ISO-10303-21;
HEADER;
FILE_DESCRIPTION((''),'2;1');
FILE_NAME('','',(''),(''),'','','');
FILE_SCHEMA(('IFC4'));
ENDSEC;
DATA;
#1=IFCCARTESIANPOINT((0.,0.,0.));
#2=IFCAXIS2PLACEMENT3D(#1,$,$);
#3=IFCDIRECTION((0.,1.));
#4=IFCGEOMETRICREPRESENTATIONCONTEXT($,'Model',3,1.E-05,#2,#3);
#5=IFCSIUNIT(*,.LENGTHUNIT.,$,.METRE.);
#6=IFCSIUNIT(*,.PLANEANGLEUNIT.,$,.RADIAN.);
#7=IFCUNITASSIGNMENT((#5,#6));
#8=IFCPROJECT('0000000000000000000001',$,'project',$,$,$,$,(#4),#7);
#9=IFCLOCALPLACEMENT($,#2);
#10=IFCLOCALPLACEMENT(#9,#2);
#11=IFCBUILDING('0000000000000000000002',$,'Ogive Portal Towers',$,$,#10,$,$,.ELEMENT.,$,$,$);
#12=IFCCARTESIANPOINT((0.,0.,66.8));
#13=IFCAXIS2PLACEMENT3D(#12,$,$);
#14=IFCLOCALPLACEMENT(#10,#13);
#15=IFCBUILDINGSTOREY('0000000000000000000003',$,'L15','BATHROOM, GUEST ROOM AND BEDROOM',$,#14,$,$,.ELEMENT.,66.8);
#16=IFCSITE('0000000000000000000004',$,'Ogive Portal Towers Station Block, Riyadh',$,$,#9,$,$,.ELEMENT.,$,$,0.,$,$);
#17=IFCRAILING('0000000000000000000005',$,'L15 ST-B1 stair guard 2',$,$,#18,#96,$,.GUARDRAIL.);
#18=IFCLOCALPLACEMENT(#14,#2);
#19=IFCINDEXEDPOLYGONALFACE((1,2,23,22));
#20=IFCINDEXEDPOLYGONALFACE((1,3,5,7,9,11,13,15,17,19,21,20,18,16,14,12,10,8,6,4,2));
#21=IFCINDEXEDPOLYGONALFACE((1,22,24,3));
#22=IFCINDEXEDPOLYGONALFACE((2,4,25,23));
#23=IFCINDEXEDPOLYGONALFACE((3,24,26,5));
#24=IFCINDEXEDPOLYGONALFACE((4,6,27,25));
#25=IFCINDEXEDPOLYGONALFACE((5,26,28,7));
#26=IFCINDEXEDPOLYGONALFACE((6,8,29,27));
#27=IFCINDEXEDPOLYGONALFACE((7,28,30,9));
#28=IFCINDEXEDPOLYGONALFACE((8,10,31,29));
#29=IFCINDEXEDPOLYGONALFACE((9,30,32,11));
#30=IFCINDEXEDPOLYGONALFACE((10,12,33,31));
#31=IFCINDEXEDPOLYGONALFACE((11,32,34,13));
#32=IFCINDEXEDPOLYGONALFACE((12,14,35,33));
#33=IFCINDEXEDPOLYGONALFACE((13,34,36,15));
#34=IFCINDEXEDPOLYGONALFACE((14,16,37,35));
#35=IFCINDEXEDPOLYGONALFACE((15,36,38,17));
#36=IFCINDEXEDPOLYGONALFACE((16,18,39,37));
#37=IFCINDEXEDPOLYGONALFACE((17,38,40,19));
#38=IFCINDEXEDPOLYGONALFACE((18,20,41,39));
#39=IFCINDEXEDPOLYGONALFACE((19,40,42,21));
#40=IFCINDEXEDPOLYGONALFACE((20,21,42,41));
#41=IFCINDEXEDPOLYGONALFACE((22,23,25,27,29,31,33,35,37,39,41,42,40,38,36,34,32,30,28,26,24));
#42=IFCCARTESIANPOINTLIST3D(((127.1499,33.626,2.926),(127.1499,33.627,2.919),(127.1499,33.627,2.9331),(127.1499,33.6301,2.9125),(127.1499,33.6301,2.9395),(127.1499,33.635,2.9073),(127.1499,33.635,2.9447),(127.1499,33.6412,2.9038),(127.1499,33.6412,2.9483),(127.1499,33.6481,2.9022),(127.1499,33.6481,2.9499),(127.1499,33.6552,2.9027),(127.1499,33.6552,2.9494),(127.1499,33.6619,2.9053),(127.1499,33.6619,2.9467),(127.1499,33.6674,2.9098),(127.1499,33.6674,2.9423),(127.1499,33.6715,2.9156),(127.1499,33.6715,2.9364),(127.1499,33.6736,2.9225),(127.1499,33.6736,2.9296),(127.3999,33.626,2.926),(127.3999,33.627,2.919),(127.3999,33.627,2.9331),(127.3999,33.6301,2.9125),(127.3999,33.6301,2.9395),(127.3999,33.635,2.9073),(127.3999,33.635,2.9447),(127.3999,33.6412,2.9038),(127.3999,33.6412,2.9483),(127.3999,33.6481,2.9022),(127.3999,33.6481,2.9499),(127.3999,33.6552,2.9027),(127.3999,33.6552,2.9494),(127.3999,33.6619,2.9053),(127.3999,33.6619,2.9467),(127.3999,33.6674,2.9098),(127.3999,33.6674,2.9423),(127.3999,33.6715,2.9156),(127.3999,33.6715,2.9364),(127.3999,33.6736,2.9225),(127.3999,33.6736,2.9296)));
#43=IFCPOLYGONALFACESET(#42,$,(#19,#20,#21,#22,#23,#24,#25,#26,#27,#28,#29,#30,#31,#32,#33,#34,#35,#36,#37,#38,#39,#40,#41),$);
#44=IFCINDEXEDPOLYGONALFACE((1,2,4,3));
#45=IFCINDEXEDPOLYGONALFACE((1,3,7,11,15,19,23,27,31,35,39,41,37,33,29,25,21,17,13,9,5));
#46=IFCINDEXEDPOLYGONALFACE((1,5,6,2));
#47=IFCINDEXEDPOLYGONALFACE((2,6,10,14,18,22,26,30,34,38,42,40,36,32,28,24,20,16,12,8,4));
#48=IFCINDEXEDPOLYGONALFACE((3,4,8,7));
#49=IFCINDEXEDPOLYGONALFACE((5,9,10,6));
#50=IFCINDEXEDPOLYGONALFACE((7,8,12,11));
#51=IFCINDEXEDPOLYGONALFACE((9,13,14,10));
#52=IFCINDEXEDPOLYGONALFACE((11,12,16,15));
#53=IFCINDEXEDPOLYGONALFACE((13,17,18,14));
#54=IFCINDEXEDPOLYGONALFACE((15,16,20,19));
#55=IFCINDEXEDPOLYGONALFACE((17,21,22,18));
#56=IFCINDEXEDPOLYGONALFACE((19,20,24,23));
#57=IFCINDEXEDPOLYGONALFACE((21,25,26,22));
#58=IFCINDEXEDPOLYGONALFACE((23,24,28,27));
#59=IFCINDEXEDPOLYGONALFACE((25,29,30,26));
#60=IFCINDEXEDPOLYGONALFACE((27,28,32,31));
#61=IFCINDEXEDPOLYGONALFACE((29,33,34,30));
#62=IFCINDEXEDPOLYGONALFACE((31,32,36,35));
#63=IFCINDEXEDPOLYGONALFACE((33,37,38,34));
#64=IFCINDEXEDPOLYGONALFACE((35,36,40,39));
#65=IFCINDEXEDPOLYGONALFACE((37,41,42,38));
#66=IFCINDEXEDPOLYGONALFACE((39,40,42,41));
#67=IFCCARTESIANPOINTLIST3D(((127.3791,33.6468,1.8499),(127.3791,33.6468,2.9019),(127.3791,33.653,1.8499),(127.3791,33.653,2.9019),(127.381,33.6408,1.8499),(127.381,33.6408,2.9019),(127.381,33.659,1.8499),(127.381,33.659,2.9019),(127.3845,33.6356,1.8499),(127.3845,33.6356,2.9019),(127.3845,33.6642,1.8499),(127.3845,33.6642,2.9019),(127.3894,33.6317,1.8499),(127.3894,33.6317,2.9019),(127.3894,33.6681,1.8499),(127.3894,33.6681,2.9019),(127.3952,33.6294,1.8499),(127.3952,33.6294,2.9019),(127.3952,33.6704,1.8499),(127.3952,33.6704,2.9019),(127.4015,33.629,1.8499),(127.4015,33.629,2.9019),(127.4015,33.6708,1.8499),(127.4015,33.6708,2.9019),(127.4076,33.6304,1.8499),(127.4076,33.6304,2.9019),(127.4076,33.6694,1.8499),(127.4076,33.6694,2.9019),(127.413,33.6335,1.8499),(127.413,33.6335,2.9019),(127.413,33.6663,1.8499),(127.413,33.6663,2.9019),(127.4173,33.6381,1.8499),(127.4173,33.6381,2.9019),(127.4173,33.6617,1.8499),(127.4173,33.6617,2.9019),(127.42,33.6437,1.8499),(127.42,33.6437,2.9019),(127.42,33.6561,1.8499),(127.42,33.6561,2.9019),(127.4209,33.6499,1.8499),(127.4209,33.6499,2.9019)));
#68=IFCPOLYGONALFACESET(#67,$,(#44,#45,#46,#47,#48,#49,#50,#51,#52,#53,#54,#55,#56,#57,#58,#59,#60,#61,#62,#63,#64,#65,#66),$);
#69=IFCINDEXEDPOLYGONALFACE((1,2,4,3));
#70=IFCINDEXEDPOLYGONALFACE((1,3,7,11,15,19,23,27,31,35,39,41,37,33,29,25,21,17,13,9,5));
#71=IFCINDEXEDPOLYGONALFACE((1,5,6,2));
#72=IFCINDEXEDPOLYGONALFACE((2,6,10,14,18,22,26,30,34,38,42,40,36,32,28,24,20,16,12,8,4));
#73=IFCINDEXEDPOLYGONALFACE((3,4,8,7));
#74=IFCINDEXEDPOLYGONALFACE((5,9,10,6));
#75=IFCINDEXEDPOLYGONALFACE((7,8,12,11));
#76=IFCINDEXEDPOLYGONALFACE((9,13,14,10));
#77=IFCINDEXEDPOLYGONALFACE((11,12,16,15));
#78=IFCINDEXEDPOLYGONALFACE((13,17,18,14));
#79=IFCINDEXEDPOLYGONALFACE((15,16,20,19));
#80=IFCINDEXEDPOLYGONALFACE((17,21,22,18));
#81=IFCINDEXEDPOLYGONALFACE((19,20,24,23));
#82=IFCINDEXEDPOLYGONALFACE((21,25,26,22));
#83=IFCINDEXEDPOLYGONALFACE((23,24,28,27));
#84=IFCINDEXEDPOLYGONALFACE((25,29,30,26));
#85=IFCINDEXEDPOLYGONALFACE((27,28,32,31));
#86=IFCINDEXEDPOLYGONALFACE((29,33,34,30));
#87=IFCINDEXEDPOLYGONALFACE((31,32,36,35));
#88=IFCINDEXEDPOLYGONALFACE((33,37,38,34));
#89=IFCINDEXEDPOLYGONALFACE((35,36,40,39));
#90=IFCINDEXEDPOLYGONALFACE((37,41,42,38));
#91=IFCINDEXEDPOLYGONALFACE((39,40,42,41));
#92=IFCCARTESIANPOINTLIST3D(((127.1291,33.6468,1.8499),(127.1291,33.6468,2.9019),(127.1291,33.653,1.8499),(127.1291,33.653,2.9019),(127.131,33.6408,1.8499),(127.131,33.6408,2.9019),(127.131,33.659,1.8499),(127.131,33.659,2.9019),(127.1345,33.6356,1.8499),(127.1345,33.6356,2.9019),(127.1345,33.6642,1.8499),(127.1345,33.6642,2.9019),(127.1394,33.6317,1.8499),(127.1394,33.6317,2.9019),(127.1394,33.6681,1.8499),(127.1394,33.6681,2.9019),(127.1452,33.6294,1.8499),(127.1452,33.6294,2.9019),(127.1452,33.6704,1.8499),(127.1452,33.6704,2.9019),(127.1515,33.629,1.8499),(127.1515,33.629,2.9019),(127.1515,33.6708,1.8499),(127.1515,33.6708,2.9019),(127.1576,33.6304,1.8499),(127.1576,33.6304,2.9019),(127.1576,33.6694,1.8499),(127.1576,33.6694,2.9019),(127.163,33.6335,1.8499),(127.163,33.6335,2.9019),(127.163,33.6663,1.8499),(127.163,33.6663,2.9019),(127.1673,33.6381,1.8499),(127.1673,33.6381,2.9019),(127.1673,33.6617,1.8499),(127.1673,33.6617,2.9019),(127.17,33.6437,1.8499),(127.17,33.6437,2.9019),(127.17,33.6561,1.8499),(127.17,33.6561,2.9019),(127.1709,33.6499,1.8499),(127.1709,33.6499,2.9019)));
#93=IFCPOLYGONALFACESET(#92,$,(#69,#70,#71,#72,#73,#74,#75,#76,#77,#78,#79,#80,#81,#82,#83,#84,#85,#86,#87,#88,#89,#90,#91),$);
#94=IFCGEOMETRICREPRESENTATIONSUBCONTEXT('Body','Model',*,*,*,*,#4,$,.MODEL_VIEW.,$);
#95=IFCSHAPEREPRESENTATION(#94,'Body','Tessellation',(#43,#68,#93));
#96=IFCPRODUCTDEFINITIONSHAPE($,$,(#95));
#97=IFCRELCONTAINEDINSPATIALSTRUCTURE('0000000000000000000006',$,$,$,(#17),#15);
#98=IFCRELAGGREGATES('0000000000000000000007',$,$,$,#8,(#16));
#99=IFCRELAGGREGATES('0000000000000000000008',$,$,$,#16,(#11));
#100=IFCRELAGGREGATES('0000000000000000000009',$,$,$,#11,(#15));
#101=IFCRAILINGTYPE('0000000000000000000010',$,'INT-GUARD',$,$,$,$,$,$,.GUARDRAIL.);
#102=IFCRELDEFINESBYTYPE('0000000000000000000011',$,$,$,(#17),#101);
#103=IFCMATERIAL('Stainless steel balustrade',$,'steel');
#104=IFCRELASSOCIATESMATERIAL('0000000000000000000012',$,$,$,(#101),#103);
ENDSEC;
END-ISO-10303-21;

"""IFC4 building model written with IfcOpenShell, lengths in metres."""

from ifc_helpers import new_model, si_unit, direction, frame, origin, origin_2d, place, context, subcontext, project, spatial, circle, extrude, material, type_object, element, save


model = new_model("IFC4")

# Units and contexts
model_context = context("Model", 3, precision=1e-05, world=origin(), true_north=direction((0.0, 1.0)))
body_context = subcontext(model_context, "Body", "Model", "MODEL_VIEW")
ifc_project = project(units=[si_unit("LENGTHUNIT", "METRE"), si_unit("PLANEANGLEUNIT", "RADIAN")], contexts=[model_context])

# Site, building, storey
site_placement = place(None, origin())
site = spatial("IfcSite", under=ifc_project, at=site_placement, Name="Ogive Portal Towers Station Block, Riyadh", CompositionType="ELEMENT", RefElevation=0.0)
building_placement = place(site_placement, origin())
building = spatial("IfcBuilding", under=site, at=building_placement, Name="Ogive Portal Towers", CompositionType="ELEMENT")
storey_placement = place(building_placement, frame((0.0, 0.0, 66.8)))
storey = spatial("IfcBuildingStorey", under=building, at=storey_placement, Name="L15", Description="BATHROOM, GUEST ROOM AND BEDROOM", CompositionType="ELEMENT", Elevation=66.8)

# Railing
ifc_material_1 = material(Name="Stainless steel balustrade", Category="steel")
railing_type_1 = type_object("IfcRailingType", Name="INT-GUARD", PredefinedType="GUARDRAIL", material=ifc_material_1)
railing_1_placement = place(storey_placement, frame((127.3999, 33.6499, 1.8499)))
element("IfcRailing", 1, at=railing_1_placement, inside=storey, type_object=railing_type_1, Name="L15 ST-B1 stair guard 2", PredefinedType="GUARDRAIL", context=body_context, shape_type="SweptSolid", body=[
    extrude(circle(Radius=0.0239, at=origin_2d()), frame((0.0, 0.0, 1.0762), z_axis=(-1.0, 0.0, 0.0), x_axis=(0.0, -1.0, 0.0)), (0.0, 0.0, 1.0), 0.25),
    extrude(circle(Radius=0.021, at=origin_2d()), origin(), (0.0, 0.0, 1.0), 1.052),
    extrude(circle(Radius=0.021, at=origin_2d()), frame((-0.25, 0.0, 0.0)), (0.0, 0.0, 1.0), 1.052),
])

save(model, "model.ifc")
